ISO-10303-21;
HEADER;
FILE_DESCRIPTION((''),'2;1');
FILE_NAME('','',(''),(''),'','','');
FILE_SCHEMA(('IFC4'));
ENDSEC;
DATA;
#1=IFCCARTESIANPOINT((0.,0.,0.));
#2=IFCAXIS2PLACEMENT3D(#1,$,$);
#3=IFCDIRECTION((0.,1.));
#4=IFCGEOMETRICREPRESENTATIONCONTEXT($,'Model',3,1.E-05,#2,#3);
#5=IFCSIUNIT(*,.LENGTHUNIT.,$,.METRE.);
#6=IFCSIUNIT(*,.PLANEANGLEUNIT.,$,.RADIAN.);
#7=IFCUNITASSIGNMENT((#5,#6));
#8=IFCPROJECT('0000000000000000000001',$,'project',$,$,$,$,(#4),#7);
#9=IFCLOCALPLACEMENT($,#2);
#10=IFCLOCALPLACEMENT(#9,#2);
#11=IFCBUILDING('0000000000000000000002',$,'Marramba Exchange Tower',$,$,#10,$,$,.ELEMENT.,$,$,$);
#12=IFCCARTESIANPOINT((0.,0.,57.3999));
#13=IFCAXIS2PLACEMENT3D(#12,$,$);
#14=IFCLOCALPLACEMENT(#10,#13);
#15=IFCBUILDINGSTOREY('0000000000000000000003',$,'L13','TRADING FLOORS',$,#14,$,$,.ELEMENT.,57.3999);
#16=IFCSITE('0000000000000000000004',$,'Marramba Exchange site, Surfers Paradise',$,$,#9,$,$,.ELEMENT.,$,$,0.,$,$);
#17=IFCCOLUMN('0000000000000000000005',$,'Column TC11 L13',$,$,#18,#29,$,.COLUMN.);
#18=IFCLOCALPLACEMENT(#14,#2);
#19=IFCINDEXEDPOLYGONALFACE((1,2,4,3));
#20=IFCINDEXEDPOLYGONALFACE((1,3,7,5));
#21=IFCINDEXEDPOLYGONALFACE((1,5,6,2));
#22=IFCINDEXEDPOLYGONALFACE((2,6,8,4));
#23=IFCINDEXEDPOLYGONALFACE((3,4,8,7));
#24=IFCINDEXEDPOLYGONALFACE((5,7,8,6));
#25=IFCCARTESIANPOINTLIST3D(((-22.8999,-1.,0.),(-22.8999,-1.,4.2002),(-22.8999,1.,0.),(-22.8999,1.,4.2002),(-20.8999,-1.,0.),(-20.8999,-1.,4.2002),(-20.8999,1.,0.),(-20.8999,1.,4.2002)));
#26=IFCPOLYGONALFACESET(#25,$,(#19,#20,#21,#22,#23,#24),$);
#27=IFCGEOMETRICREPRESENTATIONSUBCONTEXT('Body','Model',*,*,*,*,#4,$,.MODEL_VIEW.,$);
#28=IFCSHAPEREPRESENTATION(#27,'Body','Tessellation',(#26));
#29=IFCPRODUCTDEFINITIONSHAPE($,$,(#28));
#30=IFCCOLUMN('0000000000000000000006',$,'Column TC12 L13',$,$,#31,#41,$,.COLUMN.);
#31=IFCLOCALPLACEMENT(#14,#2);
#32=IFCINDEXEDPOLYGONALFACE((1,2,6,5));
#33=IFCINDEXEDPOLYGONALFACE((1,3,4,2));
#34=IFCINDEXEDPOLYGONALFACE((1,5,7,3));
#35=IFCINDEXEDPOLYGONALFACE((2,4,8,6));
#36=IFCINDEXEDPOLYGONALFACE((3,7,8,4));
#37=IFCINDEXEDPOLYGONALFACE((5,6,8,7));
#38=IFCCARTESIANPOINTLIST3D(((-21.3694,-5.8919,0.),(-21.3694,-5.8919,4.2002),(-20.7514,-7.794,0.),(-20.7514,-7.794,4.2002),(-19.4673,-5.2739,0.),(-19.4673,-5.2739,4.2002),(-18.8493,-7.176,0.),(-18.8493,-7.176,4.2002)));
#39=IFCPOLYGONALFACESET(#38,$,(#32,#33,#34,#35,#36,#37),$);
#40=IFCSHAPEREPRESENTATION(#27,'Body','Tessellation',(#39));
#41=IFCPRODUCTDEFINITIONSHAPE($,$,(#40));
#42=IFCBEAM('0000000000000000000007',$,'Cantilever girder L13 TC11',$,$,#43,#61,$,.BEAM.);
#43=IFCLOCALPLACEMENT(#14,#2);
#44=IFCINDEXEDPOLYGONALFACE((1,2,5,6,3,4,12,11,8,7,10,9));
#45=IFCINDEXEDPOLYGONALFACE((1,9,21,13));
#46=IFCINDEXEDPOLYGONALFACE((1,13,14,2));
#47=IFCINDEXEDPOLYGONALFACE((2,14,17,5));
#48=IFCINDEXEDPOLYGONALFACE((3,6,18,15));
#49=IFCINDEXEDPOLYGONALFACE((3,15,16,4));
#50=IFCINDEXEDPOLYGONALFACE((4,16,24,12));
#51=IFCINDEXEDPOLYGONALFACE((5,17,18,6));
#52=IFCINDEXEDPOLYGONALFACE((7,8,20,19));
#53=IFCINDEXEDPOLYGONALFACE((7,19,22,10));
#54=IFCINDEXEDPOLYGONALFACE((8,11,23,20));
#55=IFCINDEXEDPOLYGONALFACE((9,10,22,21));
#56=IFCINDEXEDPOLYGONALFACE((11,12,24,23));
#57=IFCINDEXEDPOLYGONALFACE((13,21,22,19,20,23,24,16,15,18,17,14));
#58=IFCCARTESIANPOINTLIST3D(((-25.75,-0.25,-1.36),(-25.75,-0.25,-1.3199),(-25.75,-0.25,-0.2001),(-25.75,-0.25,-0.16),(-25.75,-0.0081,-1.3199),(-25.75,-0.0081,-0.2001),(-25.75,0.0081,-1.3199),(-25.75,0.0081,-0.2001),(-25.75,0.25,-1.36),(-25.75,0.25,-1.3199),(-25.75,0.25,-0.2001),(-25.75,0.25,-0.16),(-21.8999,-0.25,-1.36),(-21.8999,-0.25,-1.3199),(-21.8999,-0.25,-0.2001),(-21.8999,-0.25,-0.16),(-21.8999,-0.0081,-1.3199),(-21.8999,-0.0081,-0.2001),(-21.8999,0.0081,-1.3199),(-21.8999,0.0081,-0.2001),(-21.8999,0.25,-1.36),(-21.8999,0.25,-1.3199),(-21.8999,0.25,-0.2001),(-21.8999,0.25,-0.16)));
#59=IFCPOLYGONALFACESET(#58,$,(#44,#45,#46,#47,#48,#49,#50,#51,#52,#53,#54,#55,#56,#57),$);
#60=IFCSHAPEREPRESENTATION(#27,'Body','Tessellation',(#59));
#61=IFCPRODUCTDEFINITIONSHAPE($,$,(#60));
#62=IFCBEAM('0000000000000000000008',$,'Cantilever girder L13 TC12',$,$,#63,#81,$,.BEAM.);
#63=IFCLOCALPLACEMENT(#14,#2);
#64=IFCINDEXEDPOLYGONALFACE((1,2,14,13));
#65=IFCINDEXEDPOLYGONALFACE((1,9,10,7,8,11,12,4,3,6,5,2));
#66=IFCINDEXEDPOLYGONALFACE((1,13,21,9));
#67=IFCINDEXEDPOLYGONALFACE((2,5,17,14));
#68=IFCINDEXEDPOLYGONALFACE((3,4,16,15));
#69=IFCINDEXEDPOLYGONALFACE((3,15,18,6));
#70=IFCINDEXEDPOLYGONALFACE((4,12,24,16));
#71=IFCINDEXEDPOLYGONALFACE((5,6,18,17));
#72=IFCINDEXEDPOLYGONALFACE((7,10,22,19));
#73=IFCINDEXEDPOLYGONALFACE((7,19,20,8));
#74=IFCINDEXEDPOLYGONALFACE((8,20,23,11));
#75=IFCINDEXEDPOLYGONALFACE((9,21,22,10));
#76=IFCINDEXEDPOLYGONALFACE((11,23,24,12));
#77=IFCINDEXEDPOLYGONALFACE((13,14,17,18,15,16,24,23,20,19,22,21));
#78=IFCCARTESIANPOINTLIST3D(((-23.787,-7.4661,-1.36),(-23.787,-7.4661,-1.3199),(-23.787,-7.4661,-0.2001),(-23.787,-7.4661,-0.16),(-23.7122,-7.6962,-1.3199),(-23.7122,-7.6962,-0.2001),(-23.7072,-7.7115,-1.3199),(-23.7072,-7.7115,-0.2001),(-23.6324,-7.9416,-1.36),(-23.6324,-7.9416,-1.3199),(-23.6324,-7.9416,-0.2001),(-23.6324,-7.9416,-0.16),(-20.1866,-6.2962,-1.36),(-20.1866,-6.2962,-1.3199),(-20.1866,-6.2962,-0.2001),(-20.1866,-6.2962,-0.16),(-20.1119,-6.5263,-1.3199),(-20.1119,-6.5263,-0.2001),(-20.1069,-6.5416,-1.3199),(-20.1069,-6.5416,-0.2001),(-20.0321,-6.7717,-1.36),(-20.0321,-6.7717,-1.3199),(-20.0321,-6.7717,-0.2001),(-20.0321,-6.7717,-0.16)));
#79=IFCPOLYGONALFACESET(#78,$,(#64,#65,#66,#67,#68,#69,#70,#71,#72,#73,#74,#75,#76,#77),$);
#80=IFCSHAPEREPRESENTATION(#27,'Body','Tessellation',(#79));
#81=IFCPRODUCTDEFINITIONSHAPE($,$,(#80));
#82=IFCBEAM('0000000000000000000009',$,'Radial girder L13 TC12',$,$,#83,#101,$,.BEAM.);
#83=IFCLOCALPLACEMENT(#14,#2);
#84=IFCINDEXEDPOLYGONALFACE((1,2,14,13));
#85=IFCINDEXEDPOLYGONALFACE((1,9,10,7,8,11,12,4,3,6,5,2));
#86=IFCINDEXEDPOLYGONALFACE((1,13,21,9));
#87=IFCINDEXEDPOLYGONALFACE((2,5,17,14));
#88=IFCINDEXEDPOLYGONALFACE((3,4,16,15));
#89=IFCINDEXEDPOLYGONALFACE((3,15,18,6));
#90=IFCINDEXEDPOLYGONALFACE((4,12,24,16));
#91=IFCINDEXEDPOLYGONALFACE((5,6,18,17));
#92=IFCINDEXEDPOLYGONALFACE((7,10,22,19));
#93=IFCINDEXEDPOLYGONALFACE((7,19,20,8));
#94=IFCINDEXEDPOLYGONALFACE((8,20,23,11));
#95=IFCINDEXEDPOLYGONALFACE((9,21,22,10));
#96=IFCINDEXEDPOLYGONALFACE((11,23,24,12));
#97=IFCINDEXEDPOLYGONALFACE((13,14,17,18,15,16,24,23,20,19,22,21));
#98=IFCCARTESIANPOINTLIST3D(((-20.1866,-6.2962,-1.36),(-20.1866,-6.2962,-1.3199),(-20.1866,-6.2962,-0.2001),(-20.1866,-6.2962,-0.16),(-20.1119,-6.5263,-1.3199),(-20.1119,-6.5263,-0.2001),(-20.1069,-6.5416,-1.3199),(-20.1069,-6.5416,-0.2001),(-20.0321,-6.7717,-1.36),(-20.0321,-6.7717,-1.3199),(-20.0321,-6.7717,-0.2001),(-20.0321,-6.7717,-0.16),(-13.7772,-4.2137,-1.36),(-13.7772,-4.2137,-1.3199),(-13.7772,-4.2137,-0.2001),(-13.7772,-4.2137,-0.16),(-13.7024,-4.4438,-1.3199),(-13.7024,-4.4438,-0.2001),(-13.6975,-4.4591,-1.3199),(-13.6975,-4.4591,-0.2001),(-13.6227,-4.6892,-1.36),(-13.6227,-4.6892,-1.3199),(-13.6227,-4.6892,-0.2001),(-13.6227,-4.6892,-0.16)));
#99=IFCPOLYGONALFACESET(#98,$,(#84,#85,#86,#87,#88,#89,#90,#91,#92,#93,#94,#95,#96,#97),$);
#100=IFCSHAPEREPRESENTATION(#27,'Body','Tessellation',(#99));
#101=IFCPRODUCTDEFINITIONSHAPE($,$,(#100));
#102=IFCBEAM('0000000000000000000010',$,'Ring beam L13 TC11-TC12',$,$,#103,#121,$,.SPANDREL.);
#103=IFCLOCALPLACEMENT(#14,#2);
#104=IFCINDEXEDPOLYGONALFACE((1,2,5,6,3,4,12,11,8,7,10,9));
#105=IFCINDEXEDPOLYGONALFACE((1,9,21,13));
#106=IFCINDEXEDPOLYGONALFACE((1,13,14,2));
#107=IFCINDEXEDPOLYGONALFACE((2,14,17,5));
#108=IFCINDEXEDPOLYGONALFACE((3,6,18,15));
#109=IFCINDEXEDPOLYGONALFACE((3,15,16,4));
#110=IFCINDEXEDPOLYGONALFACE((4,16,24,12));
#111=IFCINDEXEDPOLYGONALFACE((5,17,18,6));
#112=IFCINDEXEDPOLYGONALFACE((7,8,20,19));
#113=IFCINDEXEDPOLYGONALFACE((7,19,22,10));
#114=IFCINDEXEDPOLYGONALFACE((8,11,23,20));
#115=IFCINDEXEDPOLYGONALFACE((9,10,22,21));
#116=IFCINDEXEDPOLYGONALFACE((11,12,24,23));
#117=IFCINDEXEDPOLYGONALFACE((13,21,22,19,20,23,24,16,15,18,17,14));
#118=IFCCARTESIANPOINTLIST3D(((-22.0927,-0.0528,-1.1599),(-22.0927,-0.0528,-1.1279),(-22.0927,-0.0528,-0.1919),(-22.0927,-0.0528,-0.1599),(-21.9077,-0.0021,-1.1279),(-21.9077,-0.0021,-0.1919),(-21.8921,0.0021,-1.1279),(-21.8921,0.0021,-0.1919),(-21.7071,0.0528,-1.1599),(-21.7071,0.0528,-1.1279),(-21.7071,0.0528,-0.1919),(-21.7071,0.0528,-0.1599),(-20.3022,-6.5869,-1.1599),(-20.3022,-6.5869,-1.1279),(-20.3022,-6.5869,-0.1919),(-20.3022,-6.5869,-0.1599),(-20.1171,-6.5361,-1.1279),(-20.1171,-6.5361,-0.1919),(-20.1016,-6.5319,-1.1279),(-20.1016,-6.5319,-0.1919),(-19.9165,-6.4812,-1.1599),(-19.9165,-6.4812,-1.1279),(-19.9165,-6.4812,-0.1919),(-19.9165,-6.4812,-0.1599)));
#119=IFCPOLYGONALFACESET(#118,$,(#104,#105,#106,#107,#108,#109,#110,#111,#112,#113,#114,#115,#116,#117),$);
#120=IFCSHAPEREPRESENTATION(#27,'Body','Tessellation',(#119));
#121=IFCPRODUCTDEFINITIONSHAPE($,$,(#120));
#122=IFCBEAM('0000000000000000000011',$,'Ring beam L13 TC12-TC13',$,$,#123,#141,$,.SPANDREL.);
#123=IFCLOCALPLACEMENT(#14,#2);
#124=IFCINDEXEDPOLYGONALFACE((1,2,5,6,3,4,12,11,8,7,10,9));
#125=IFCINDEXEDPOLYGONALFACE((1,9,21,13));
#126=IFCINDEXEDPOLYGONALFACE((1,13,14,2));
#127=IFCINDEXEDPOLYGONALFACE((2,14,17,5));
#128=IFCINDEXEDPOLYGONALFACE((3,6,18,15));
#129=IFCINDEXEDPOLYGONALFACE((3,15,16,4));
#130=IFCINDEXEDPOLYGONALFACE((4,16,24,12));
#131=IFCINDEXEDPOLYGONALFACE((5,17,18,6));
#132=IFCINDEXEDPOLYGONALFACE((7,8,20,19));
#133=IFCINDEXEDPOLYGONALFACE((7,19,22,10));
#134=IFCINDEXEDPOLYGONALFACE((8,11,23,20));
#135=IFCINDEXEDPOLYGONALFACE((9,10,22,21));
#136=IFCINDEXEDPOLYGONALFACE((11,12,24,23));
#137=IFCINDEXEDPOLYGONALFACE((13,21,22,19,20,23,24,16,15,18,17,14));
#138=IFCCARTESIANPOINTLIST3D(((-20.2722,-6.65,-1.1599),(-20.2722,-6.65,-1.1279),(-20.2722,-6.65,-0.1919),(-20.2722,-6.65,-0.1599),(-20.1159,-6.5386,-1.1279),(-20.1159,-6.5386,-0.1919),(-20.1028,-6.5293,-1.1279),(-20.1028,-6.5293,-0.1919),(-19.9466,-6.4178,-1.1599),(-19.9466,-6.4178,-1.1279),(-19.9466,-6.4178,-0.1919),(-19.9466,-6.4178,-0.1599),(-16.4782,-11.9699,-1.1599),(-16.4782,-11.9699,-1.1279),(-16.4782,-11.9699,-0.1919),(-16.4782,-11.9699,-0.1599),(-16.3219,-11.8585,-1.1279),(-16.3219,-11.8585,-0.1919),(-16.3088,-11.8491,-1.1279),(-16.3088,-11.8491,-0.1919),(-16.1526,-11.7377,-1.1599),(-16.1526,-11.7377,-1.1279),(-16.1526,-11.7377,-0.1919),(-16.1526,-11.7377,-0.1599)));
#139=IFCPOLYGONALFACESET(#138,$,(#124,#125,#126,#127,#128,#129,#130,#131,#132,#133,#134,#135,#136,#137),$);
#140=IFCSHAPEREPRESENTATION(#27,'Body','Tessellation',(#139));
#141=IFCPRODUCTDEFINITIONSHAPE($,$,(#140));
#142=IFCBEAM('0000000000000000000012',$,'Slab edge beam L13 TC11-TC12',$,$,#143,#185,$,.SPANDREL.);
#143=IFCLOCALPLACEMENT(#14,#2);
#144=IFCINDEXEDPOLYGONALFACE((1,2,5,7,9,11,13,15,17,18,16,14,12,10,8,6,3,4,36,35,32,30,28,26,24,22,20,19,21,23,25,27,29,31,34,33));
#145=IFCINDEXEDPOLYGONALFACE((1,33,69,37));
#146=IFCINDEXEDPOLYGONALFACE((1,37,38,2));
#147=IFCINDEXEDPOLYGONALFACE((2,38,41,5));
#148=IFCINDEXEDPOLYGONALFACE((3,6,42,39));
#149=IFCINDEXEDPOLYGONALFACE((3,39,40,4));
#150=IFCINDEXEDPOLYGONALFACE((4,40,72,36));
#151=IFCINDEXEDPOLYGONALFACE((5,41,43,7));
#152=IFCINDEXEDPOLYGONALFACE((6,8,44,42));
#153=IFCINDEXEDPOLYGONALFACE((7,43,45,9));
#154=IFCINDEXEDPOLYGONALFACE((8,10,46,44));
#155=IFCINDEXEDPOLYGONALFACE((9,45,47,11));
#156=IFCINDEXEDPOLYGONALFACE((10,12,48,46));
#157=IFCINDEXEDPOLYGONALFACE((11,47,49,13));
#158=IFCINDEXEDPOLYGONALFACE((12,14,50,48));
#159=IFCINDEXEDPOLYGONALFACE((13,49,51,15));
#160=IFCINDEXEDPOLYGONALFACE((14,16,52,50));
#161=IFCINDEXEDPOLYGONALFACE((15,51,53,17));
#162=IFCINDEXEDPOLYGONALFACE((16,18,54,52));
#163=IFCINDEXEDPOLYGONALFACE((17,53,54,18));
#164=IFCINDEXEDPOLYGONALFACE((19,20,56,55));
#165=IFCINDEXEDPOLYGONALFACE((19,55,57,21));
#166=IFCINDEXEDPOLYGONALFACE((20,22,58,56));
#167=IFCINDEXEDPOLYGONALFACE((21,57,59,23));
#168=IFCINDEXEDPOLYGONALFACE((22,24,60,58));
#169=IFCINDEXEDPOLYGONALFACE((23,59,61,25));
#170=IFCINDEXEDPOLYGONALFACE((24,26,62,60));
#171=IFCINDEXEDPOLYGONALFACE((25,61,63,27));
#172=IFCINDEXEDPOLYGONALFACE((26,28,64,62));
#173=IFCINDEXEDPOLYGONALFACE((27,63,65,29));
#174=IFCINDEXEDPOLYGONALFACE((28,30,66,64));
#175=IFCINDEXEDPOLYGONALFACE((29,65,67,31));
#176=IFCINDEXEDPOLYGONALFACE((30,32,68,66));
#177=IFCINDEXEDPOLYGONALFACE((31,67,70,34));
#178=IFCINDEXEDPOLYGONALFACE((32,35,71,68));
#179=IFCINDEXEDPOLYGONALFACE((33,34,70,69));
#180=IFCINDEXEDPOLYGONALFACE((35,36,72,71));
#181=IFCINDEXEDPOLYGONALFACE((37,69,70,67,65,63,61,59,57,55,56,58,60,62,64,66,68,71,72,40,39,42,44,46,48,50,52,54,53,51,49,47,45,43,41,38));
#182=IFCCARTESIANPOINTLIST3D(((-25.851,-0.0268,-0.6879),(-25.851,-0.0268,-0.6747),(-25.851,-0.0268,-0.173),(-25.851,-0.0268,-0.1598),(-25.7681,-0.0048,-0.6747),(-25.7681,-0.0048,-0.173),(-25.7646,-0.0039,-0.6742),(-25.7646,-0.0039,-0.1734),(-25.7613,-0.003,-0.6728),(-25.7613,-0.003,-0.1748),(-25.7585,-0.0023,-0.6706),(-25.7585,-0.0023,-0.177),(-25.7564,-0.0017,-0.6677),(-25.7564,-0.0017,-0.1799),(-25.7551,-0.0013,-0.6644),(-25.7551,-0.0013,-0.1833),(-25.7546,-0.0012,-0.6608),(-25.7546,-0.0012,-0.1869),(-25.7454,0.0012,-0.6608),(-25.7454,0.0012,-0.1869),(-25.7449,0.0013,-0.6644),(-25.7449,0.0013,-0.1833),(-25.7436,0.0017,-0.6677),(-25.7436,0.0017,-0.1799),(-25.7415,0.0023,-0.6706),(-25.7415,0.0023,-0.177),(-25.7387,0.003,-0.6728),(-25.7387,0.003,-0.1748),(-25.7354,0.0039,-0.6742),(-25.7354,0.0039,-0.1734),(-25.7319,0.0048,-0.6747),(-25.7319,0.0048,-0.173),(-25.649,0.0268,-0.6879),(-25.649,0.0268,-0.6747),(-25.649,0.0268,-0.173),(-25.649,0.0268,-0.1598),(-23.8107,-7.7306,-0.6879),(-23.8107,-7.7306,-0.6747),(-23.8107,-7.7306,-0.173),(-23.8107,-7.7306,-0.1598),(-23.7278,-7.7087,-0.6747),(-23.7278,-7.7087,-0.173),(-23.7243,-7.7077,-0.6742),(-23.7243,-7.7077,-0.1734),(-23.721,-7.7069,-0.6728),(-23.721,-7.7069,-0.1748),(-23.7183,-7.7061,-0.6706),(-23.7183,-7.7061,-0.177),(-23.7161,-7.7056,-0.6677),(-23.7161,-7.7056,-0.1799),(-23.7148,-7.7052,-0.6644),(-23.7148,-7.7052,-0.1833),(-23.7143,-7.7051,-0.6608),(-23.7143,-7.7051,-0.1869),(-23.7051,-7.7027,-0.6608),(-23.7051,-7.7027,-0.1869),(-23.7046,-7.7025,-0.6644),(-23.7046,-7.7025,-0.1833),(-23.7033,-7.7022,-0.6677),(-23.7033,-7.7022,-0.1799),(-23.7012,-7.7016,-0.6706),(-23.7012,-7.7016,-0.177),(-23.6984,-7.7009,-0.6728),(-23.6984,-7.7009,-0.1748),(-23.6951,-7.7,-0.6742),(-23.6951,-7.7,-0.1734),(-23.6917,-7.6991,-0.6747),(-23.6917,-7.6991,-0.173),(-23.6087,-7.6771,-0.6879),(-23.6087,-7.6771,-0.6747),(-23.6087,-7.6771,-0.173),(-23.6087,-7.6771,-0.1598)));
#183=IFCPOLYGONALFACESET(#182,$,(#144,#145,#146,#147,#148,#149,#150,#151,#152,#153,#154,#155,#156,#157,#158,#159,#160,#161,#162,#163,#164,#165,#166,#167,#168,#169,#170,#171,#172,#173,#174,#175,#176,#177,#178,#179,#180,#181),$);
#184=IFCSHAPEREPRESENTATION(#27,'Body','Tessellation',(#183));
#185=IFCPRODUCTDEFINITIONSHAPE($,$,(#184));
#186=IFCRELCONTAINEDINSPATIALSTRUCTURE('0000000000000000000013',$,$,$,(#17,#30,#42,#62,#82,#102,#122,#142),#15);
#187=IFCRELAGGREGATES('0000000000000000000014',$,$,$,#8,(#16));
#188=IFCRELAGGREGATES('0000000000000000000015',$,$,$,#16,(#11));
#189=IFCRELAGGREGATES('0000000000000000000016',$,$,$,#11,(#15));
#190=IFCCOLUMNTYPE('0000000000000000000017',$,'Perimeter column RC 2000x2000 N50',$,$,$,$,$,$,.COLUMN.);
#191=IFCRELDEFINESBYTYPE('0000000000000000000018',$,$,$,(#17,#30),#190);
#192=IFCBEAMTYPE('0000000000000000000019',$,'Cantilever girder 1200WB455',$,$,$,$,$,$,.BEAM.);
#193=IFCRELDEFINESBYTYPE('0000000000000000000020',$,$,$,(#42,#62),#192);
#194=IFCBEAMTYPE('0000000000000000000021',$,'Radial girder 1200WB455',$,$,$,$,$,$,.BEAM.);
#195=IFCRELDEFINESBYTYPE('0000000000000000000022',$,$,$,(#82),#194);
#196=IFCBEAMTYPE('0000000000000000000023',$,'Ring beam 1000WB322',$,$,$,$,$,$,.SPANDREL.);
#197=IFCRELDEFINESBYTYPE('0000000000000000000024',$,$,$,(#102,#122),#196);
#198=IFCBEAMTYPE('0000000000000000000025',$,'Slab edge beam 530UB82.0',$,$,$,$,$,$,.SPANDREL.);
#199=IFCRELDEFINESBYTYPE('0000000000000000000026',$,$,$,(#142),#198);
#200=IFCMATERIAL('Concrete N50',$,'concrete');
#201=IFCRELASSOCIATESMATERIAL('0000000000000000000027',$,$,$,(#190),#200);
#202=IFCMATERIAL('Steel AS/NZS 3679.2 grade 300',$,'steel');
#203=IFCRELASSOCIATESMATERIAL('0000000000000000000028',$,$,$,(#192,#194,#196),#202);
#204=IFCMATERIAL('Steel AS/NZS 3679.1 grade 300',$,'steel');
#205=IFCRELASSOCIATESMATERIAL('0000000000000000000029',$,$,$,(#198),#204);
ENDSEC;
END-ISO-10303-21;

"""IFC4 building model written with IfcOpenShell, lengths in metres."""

from ifc_helpers import new_model, si_unit, direction, frame, origin, origin_2d, place, context, subcontext, project, spatial, rectangle, i_section, extrude, material, material_profile, profile_set, type_object, element, save


model = new_model("IFC4")

# Units and contexts
model_context = context("Model", 3, precision=1e-05, world=origin(), true_north=direction((0.0, 1.0)))
body_context = subcontext(model_context, "Body", "Model", "MODEL_VIEW")
ifc_project = project(units=[si_unit("LENGTHUNIT", "METRE"), si_unit("PLANEANGLEUNIT", "RADIAN")], contexts=[model_context])

# Site, building, storey
site_placement = place(None, origin())
site = spatial("IfcSite", under=ifc_project, at=site_placement, Name="Marramba Exchange site, Surfers Paradise", CompositionType="ELEMENT", RefElevation=0.0)
building_placement = place(site_placement, origin())
building = spatial("IfcBuilding", under=site, at=building_placement, Name="Marramba Exchange Tower", CompositionType="ELEMENT")
storey_placement = place(building_placement, frame((0.0, 0.0, 57.3999)))
storey = spatial("IfcBuildingStorey", under=building, at=storey_placement, Name="L13", Description="TRADING FLOORS", CompositionType="ELEMENT", Elevation=57.3999)

# Columns
ifc_material_1 = material(Name="Concrete N50", Category="concrete")
ifc_material_profile_1 = material_profile(ifc_material_1, rectangle(XDim=2.0, YDim=2.0, at=origin_2d()), Name="RC 2000x2000")
ifc_profile_set_1 = profile_set([ifc_material_profile_1], Name="Concrete N50")
column_type = type_object("IfcColumnType", Name="Perimeter column RC 2000x2000 N50", PredefinedType="COLUMN", material=ifc_profile_set_1)
for number, where, z_axis, x_axis, name in (
    (1, (-21.8999, 0.0, 0.0), (0.0, 0.0, 1.0), (-1.0, 0.0, 0.0), "Column TC11 L13"),
    (2, (-20.1094, -6.5339, 0.0), (0.0, 0.0, 1.0), (-0.951057, -0.309017, 0.0), "Column TC12 L13"),
):
    element("IfcColumn", number, at=place(storey_placement, frame(where, z_axis=z_axis, x_axis=x_axis)), inside=storey, type_object=column_type, Name=name, PredefinedType="COLUMN", context=body_context, shape_type="SweptSolid", body=[
        extrude(rectangle(XDim=2.0, YDim=2.0, at=origin_2d()), origin(), (0.0, 0.0, 1.0), 4.2002),
    ])

# Beams
ifc_material_2 = material(Name="Steel AS/NZS 3679.2 grade 300", Category="steel")
ifc_material_profile_2 = material_profile(ifc_material_2, i_section(OverallWidth=0.5, OverallDepth=1.2, WebThickness=0.0161, FlangeThickness=0.04, at=origin_2d()), Name="1200WB455")
ifc_profile_set_2 = profile_set([ifc_material_profile_2], Name="Steel AS/NZS 3679.2 grade 300")
beam_type_1 = type_object("IfcBeamType", Name="Cantilever girder 1200WB455", PredefinedType="BEAM", material=ifc_profile_set_2)
beam_1_placement = place(storey_placement, frame((-21.8999, 0.0, -0.76), z_axis=(-1.0, 0.0, 0.0), x_axis=(0.0, -1.0, 0.0)))
element("IfcBeam", 3, at=beam_1_placement, inside=storey, type_object=beam_type_1, Name="Cantilever girder L13 TC11", PredefinedType="BEAM", context=body_context, shape_type="SweptSolid", body=[
    extrude(i_section(OverallWidth=0.5, OverallDepth=1.2, WebThickness=0.0161, FlangeThickness=0.04, at=origin_2d()), origin(), (0.0, 0.0, 1.0), 3.8501),
])
beam_2_placement = place(storey_placement, frame((-20.1094, -6.5339, -0.76), z_axis=(-0.951049, -0.309041, 0.0), x_axis=(0.309041, -0.951049, 0.0)))
element("IfcBeam", 4, at=beam_2_placement, inside=storey, type_object=beam_type_1, Name="Cantilever girder L13 TC12", PredefinedType="BEAM", context=body_context, shape_type="SweptSolid", body=[
    extrude(i_section(OverallWidth=0.5, OverallDepth=1.2, WebThickness=0.0161, FlangeThickness=0.04, at=origin_2d()), origin(), (0.0, 0.0, 1.0), 3.7856),
])
ifc_material_profile_3 = material_profile(ifc_material_2, i_section(OverallWidth=0.5, OverallDepth=1.2, WebThickness=0.0161, FlangeThickness=0.04, at=origin_2d()), Name="1200WB455")
ifc_profile_set_3 = profile_set([ifc_material_profile_3], Name="Steel AS/NZS 3679.2 grade 300")
beam_type_2 = type_object("IfcBeamType", Name="Radial girder 1200WB455", PredefinedType="BEAM", material=ifc_profile_set_3)
beam_3_placement = place(storey_placement, frame((-13.7, -4.4514, -0.76), z_axis=(-0.951058, -0.309013, 0.0), x_axis=(0.309013, -0.951058, 0.0)))
element("IfcBeam", 5, at=beam_3_placement, inside=storey, type_object=beam_type_2, Name="Radial girder L13 TC12", PredefinedType="BEAM", context=body_context, shape_type="SweptSolid", body=[
    extrude(i_section(OverallWidth=0.5, OverallDepth=1.2, WebThickness=0.0161, FlangeThickness=0.04, at=origin_2d()), origin(), (0.0, 0.0, 1.0), 6.7393),
])
ifc_material_profile_4 = material_profile(ifc_material_2, i_section(OverallWidth=0.3999, OverallDepth=1.0, WebThickness=0.0161, FlangeThickness=0.032, at=origin_2d()), Name="1000WB322")
ifc_profile_set_4 = profile_set([ifc_material_profile_4], Name="Steel AS/NZS 3679.2 grade 300")
beam_type_3 = type_object("IfcBeamType", Name="Ring beam 1000WB322", PredefinedType="SPANDREL", material=ifc_profile_set_4)
beam_4_placement = place(storey_placement, frame((-21.8999, 0.0, -0.6599), z_axis=(0.264291, -0.964443, 0.0), x_axis=(0.964443, 0.264291, 0.0)))
element("IfcBeam", 6, at=beam_4_placement, inside=storey, type_object=beam_type_3, Name="Ring beam L13 TC11-TC12", PredefinedType="SPANDREL", context=body_context, shape_type="SweptSolid", body=[
    extrude(i_section(OverallWidth=0.3999, OverallDepth=1.0, WebThickness=0.0161, FlangeThickness=0.032, at=origin_2d()), origin(), (0.0, 0.0, 1.0), 6.7749),
])
beam_5_placement = place(storey_placement, frame((-20.1094, -6.5339, -0.6599), z_axis=(0.580637, -0.814162, 0.0), x_axis=(0.814162, 0.580637, 0.0)))
element("IfcBeam", 7, at=beam_5_placement, inside=storey, type_object=beam_type_3, Name="Ring beam L13 TC12-TC13", PredefinedType="SPANDREL", context=body_context, shape_type="SweptSolid", body=[
    extrude(i_section(OverallWidth=0.3999, OverallDepth=1.0, WebThickness=0.0161, FlangeThickness=0.032, at=origin_2d()), origin(), (0.0, 0.0, 1.0), 6.5342),
])
ifc_material_3 = material(Name="Steel AS/NZS 3679.1 grade 300", Category="steel")
ifc_material_profile_5 = material_profile(ifc_material_3, i_section(OverallWidth=0.209, OverallDepth=0.5281, WebThickness=0.0095, FlangeThickness=0.0132, FilletRadius=0.0139, at=origin_2d()), Name="530UB82.0")
ifc_profile_set_5 = profile_set([ifc_material_profile_5], Name="Steel AS/NZS 3679.1 grade 300")
beam_type_4 = type_object("IfcBeamType", Name="Slab edge beam 530UB82.0", PredefinedType="SPANDREL", material=ifc_profile_set_5)
beam_6_placement = place(storey_placement, frame((-25.75, 0.0, -0.4238), z_axis=(0.256013, -0.966673, 0.0), x_axis=(0.966673, 0.256013, 0.0)))
element("IfcBeam", 8, at=beam_6_placement, inside=storey, type_object=beam_type_4, Name="Slab edge beam L13 TC11-TC12", PredefinedType="SPANDREL", context=body_context, shape_type="SweptSolid", body=[
    extrude(i_section(OverallWidth=0.209, OverallDepth=0.5281, WebThickness=0.0095, FlangeThickness=0.0132, FilletRadius=0.0139, at=origin_2d()), origin(), (0.0, 0.0, 1.0), 7.9695),
])

save(model, "model.ifc")
